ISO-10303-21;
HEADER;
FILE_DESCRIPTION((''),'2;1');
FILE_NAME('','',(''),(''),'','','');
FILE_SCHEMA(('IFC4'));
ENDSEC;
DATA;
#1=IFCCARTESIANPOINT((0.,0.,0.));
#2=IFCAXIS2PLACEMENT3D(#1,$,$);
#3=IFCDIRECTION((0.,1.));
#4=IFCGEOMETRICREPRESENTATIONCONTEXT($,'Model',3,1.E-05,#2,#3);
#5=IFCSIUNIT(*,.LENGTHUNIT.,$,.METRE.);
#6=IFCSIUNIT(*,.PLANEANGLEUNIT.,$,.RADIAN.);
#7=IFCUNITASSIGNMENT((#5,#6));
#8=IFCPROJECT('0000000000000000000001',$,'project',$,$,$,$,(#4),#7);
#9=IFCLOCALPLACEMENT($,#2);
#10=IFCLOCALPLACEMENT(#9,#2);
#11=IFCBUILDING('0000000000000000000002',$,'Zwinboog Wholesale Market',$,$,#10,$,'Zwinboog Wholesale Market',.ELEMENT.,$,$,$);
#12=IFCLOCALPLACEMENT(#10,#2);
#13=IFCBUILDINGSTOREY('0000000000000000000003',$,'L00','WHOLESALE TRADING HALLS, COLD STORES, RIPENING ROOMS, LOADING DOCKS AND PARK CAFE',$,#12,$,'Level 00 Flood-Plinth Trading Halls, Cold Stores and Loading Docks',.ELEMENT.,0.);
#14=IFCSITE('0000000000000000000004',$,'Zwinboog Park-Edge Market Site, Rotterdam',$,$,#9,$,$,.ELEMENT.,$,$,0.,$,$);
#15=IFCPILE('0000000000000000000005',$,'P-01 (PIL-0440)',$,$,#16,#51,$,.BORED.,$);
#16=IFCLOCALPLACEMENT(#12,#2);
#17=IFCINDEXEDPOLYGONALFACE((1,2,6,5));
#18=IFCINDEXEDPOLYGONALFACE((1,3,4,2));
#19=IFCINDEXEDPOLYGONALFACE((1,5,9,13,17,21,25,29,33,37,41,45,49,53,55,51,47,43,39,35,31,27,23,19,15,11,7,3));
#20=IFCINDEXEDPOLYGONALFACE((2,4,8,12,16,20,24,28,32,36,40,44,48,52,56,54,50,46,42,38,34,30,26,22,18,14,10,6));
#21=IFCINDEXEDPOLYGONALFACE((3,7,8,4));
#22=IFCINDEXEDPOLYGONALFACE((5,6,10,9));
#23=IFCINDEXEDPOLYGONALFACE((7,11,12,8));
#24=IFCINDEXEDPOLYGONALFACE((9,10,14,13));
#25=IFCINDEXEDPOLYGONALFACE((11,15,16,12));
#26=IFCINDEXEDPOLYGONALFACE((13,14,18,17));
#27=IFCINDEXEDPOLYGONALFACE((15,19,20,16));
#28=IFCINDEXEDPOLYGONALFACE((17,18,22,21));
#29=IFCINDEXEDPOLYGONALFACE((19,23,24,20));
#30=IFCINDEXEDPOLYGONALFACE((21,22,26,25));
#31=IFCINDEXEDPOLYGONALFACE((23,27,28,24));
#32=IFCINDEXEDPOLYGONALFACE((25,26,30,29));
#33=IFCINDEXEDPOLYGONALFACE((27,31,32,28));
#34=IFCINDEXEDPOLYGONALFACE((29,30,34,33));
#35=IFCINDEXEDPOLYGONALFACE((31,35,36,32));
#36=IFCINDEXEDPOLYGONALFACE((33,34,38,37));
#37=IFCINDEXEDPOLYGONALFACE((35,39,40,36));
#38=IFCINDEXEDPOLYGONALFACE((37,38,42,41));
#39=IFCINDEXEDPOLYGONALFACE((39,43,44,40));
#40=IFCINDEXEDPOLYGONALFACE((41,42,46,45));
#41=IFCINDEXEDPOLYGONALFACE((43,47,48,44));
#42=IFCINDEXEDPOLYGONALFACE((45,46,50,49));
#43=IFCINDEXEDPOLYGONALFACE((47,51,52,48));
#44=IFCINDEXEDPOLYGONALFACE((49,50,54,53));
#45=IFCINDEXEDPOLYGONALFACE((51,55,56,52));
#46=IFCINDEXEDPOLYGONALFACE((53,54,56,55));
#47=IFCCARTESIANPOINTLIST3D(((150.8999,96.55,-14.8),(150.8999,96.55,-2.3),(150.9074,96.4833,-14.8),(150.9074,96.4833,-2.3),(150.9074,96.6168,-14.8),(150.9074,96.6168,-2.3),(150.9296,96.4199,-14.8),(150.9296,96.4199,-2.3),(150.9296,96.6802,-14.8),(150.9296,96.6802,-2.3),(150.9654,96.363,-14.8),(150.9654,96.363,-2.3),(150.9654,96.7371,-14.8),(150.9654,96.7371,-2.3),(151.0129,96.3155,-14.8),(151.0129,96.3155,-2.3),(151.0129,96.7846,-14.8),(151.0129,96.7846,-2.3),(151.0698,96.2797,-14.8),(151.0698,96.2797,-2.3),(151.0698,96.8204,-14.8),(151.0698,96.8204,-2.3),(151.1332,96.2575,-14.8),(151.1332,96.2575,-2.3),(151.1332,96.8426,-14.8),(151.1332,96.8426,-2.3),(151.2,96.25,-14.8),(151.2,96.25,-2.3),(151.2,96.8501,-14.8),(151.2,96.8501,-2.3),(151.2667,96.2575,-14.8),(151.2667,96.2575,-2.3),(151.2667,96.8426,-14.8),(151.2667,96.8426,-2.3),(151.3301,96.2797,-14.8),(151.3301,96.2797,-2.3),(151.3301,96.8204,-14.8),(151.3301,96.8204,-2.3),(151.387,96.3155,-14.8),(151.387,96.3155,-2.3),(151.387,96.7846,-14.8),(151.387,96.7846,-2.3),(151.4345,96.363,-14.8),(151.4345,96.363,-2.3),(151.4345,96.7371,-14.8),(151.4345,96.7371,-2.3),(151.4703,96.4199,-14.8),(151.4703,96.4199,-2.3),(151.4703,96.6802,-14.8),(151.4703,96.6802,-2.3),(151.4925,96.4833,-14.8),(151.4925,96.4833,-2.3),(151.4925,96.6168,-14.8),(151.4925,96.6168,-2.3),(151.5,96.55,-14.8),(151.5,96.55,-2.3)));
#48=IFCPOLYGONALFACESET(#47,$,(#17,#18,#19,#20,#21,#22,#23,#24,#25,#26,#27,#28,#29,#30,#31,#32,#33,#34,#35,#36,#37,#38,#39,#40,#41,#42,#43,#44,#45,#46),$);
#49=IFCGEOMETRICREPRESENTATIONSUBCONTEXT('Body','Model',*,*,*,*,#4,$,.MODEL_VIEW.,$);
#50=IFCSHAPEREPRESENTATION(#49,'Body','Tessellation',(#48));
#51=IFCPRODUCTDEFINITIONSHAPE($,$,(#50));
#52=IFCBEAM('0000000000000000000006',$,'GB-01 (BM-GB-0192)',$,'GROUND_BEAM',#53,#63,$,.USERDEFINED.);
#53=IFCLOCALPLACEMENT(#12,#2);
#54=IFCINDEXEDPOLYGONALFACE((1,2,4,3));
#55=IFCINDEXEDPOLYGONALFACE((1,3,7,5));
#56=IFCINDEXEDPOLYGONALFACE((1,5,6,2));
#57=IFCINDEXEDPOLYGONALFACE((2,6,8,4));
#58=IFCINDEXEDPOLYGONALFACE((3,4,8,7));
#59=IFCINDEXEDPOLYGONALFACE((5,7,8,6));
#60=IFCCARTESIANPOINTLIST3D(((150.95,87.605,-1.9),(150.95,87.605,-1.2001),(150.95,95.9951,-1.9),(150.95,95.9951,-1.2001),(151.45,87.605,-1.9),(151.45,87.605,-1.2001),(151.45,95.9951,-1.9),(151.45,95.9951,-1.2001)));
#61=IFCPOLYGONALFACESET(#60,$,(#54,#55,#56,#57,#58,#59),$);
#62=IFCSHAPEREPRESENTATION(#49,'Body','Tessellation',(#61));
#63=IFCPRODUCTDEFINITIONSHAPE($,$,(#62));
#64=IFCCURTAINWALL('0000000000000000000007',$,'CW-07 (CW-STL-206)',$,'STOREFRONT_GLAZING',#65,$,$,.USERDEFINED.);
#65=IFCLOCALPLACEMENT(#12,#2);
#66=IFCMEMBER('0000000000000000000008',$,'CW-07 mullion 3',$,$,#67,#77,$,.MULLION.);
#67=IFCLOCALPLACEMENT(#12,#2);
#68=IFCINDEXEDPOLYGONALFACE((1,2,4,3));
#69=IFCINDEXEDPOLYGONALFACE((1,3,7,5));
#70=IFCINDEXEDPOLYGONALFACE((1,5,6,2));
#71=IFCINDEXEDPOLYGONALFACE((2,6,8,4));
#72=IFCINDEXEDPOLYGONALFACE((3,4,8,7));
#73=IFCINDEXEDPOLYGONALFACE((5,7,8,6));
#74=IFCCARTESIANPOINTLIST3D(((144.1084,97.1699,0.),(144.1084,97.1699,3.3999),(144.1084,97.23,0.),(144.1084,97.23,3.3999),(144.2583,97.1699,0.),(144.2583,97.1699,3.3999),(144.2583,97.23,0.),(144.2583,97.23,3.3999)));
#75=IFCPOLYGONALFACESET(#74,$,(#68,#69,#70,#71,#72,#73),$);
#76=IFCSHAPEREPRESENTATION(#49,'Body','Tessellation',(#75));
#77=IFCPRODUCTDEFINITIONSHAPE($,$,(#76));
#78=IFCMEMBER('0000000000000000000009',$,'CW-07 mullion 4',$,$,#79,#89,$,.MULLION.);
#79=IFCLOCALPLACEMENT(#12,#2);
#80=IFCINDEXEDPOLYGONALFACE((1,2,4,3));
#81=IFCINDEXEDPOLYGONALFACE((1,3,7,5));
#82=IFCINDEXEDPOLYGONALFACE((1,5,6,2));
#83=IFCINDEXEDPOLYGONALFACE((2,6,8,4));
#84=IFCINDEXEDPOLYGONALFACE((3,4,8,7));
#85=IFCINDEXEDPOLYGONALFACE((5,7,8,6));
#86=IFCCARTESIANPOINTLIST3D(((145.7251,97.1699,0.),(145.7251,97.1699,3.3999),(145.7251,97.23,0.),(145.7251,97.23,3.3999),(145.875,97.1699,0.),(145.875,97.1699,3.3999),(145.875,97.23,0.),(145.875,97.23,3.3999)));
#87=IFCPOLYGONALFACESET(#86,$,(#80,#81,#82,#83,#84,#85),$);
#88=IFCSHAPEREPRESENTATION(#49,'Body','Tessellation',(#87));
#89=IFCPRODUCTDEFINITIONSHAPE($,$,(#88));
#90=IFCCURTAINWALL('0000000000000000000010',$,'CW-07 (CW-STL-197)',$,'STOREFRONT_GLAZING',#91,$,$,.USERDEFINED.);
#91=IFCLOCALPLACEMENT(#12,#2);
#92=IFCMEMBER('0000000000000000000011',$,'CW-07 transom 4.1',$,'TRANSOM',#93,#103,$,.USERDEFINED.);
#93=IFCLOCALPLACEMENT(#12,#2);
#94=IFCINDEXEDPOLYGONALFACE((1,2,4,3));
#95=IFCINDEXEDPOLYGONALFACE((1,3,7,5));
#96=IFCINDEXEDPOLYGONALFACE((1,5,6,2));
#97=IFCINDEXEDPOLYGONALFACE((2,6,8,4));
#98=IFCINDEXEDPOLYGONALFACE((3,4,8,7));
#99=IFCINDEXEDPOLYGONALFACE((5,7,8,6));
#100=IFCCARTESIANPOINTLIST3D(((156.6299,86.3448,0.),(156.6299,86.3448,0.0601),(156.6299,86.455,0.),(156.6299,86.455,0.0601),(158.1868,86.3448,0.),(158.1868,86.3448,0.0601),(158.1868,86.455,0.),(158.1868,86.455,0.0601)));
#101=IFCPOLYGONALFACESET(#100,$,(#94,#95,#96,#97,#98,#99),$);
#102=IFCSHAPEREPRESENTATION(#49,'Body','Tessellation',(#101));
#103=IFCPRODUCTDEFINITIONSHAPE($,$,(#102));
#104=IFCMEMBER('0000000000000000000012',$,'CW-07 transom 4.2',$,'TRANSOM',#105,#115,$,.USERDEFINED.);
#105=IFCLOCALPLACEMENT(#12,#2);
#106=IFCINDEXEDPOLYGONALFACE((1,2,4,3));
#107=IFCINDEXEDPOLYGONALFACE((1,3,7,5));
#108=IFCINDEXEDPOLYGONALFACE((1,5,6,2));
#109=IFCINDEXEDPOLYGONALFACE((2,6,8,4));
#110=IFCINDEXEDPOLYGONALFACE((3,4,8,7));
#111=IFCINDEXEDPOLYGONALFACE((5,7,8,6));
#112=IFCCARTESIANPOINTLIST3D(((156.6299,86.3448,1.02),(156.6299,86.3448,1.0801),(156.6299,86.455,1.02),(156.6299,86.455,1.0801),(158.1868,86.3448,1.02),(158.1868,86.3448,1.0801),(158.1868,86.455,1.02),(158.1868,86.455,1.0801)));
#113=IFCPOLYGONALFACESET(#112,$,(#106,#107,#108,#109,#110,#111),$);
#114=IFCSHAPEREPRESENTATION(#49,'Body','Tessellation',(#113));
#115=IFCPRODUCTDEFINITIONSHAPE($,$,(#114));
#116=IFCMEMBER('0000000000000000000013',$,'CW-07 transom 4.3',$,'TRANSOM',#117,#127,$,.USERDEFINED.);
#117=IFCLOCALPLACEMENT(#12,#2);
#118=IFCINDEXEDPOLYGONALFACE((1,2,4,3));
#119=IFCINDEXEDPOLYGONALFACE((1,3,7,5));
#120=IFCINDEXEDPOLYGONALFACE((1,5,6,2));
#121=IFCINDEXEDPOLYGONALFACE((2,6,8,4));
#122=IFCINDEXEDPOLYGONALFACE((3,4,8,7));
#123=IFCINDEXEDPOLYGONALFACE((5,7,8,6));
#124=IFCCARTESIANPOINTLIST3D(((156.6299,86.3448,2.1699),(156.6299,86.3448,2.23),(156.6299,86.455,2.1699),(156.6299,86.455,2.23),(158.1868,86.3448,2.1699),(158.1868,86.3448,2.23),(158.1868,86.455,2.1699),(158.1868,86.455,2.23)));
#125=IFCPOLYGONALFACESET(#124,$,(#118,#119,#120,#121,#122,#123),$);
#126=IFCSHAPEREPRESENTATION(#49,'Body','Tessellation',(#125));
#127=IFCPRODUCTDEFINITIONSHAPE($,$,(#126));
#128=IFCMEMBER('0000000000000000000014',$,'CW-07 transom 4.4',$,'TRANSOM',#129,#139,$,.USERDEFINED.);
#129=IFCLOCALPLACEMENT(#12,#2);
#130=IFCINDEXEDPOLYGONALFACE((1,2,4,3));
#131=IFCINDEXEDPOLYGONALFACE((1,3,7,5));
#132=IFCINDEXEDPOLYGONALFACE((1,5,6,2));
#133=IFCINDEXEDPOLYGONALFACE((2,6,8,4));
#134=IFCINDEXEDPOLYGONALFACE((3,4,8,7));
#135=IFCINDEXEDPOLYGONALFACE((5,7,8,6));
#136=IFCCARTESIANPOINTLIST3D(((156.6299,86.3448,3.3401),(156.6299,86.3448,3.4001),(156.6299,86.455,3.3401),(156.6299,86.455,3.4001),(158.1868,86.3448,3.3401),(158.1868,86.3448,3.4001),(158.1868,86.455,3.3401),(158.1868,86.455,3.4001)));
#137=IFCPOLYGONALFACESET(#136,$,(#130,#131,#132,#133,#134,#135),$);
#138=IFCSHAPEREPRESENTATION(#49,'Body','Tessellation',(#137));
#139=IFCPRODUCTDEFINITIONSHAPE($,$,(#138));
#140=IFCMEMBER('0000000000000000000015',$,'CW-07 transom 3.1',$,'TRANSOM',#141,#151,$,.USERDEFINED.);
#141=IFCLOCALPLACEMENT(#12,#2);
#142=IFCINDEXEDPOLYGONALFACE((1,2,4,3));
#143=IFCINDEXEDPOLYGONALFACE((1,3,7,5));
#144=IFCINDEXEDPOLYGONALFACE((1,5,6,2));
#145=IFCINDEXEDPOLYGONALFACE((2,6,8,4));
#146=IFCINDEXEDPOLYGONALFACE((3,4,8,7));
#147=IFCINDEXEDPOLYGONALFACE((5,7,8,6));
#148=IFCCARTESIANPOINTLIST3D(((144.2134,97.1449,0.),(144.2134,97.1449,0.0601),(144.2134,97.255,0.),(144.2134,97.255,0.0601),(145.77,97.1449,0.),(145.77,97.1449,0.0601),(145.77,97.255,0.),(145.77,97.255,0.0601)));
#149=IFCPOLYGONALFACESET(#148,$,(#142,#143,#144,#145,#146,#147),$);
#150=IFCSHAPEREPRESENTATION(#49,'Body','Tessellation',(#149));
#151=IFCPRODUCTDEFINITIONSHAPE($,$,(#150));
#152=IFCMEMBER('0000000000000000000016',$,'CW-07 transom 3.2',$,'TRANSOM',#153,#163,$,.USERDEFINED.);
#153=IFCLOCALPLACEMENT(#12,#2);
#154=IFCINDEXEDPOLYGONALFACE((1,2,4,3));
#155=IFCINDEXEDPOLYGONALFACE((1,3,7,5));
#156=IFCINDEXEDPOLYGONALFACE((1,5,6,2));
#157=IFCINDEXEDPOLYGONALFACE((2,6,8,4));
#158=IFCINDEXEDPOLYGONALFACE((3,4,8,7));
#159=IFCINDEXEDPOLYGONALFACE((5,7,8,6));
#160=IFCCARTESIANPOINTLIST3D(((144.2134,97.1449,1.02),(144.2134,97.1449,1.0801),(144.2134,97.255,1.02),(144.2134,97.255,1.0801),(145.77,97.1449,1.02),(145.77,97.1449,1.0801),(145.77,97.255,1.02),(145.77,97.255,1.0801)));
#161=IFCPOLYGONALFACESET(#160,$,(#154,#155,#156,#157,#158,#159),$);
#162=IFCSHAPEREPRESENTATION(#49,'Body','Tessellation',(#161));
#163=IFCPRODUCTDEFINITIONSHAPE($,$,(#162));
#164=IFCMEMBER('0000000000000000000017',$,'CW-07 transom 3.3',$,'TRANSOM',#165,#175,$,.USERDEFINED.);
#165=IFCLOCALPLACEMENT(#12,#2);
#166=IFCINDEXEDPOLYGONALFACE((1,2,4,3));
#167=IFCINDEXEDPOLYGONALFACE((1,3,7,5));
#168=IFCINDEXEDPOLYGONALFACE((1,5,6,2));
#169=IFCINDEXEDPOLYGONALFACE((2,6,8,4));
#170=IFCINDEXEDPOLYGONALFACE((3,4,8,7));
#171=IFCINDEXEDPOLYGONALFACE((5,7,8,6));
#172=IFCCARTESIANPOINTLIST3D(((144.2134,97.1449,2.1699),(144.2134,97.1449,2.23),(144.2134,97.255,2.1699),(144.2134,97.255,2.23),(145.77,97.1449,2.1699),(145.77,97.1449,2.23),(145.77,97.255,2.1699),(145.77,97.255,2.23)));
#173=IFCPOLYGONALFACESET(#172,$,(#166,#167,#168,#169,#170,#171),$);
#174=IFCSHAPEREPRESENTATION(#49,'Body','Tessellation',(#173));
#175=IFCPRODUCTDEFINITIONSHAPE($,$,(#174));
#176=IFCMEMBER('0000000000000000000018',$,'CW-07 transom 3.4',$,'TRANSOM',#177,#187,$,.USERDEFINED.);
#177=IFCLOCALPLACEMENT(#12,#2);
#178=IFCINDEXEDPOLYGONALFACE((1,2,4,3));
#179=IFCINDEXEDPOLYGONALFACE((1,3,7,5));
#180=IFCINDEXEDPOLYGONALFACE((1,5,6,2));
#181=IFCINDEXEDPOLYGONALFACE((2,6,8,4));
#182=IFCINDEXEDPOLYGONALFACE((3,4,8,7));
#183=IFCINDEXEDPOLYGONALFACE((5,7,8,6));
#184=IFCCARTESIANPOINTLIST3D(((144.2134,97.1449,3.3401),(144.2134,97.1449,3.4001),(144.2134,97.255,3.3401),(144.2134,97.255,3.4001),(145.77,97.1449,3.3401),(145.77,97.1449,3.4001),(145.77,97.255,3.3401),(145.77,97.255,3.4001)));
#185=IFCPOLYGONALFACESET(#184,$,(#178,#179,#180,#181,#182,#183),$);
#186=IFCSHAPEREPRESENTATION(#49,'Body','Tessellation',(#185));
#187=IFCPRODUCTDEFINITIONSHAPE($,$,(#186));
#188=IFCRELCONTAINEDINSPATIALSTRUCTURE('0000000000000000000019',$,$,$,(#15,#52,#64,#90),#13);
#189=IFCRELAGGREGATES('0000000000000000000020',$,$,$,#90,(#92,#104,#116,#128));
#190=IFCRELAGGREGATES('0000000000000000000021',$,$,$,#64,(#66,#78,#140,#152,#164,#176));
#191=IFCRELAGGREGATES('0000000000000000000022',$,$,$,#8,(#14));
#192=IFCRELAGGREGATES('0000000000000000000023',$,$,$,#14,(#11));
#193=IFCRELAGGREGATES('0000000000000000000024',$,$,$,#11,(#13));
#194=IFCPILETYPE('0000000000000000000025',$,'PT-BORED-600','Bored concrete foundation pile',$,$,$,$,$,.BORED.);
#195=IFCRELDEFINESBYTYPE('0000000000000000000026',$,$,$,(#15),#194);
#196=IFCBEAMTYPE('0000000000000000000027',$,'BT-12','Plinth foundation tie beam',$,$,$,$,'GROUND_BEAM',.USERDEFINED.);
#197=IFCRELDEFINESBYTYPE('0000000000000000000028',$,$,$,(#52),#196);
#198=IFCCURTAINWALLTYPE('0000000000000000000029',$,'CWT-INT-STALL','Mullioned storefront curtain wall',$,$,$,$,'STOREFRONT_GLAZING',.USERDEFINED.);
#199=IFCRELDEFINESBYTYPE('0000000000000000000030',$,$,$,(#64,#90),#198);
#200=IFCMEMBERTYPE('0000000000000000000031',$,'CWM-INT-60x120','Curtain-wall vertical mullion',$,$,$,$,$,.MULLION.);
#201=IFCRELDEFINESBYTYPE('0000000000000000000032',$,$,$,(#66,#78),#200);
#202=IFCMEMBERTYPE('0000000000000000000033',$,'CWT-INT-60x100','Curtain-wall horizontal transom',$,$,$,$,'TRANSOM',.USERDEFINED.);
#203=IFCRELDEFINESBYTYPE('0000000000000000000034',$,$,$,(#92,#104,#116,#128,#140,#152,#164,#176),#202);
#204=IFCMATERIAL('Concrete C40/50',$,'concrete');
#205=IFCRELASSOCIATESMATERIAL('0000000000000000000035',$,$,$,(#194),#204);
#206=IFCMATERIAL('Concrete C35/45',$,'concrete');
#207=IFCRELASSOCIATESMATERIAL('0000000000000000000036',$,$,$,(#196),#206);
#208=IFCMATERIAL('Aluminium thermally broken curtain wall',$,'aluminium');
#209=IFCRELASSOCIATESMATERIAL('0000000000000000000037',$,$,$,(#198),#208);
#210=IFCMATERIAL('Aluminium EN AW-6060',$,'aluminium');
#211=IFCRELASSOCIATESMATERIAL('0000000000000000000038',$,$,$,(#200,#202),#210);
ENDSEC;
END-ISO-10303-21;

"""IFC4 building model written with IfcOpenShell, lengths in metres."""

from ifc_helpers import new_model, si_unit, direction, frame, origin, origin_2d, place, context, subcontext, project, spatial, rectangle, circle, extrude, material, material_profile, profile_set, type_object, element, aggregate, save


model = new_model("IFC4")

# Units and contexts
model_context = context("Model", 3, precision=1e-05, world=origin(), true_north=direction((0.0, 1.0)))
body_context = subcontext(model_context, "Body", "Model", "MODEL_VIEW")
ifc_project = project(units=[si_unit("LENGTHUNIT", "METRE"), si_unit("PLANEANGLEUNIT", "RADIAN")], contexts=[model_context])

# Site, building, storey
site_placement = place(None, origin())
site = spatial("IfcSite", under=ifc_project, at=site_placement, Name="Zwinboog Park-Edge Market Site, Rotterdam", CompositionType="ELEMENT", RefElevation=0.0)
building_placement = place(site_placement, origin())
building = spatial("IfcBuilding", under=site, at=building_placement, Name="Zwinboog Wholesale Market", LongName="Zwinboog Wholesale Market", CompositionType="ELEMENT")
storey_placement = place(building_placement, origin())
storey = spatial("IfcBuildingStorey", under=building, at=storey_placement, Name="L00", Description="WHOLESALE TRADING HALLS, COLD STORES, RIPENING ROOMS, LOADING DOCKS AND PARK CAFE", LongName="Level 00 Flood-Plinth Trading Halls, Cold Stores and Loading Docks", CompositionType="ELEMENT", Elevation=0.0)

# Pile
ifc_material_1 = material(Name="Concrete C40/50", Category="concrete")
ifc_material_profile_1 = material_profile(ifc_material_1, circle(Radius=0.3, at=origin_2d()), Name="PILE D600")
ifc_profile_set_1 = profile_set([ifc_material_profile_1], Name="Concrete C40/50")
pile_type = type_object("IfcPileType", Name="PT-BORED-600", Description="Bored concrete foundation pile", PredefinedType="BORED", material=ifc_profile_set_1)
pile_placement = place(storey_placement, frame((151.2, 96.55, -2.3), z_axis=(0.0, 0.0, -1.0), x_axis=(1.0, 0.0, 0.0)))
element("IfcPile", 1, at=pile_placement, inside=storey, type_object=pile_type, Name="P-01 (PIL-0440)", PredefinedType="BORED", context=body_context, shape_type="SweptSolid", body=[
    extrude(circle(Radius=0.3, at=origin_2d()), origin(), (0.0, 0.0, 1.0), 12.5),
])

# Beam
ifc_material_2 = material(Name="Concrete C35/45", Category="concrete")
ifc_material_profile_2 = material_profile(ifc_material_2, rectangle(XDim=0.5, YDim=0.7, at=origin_2d()), Name="RC 500x700")
ifc_profile_set_2 = profile_set([ifc_material_profile_2], Name="Concrete C35/45")
beam_type = type_object("IfcBeamType", Name="BT-12", Description="Plinth foundation tie beam", ElementType="GROUND_BEAM", PredefinedType="USERDEFINED", material=ifc_profile_set_2)
beam_placement = place(storey_placement, frame((151.2, 87.605, -1.55), z_axis=(0.0, 1.0, 0.0), x_axis=(-1.0, 0.0, 0.0)))
element("IfcBeam", 2, at=beam_placement, inside=storey, type_object=beam_type, Name="GB-01 (BM-GB-0192)", ObjectType="GROUND_BEAM", PredefinedType="USERDEFINED", context=body_context, shape_type="SweptSolid", body=[
    extrude(rectangle(XDim=0.5, YDim=0.7, at=origin_2d()), origin(), (0.0, 0.0, 1.0), 8.3901),
])

# Curtain walls, members
ifc_material_3 = material(Name="Aluminium thermally broken curtain wall", Category="aluminium")
curtain_wall_type = type_object("IfcCurtainWallType", Name="CWT-INT-STALL", Description="Mullioned storefront curtain wall", ElementType="STOREFRONT_GLAZING", PredefinedType="USERDEFINED", material=ifc_material_3)
curtain_wall_1_placement = place(storey_placement, origin())
curtain_wall_1 = element("IfcCurtainWall", 3, at=curtain_wall_1_placement, inside=storey, type_object=curtain_wall_type, Name="CW-07 (CW-STL-206)", ObjectType="STOREFRONT_GLAZING", PredefinedType="USERDEFINED")
ifc_material_4 = material(Name="Aluminium EN AW-6060", Category="aluminium")
ifc_material_profile_3 = material_profile(ifc_material_4, rectangle(XDim=0.0601, YDim=0.1499, at=origin_2d()), Name="AL 60x150")
ifc_profile_set_3 = profile_set([ifc_material_profile_3], Name="Aluminium EN AW-6060")
member_type_1 = type_object("IfcMemberType", Name="CWM-INT-60x120", Description="Curtain-wall vertical mullion", PredefinedType="MULLION", material=ifc_profile_set_3)
member_1_placement = place(storey_placement, frame((144.1833, 97.2, 0.0), z_axis=(0.0, 0.0, 1.0), x_axis=(0.0, 1.0, 0.0)))
member_1 = element("IfcMember", 4, at=member_1_placement, type_object=member_type_1, Name="CW-07 mullion 3", PredefinedType="MULLION", context=body_context, shape_type="SweptSolid", body=[
    extrude(rectangle(XDim=0.0601, YDim=0.1499, at=origin_2d()), origin(), (0.0, 0.0, 1.0), 3.3999),
])
member_2_placement = place(storey_placement, frame((145.8, 97.2, 0.0), z_axis=(0.0, 0.0, 1.0), x_axis=(0.0, 1.0, 0.0)))
member_2 = element("IfcMember", 5, at=member_2_placement, type_object=member_type_1, Name="CW-07 mullion 4", PredefinedType="MULLION", context=body_context, shape_type="SweptSolid", body=[
    extrude(rectangle(XDim=0.0601, YDim=0.1499, at=origin_2d()), origin(), (0.0, 0.0, 1.0), 3.3999),
])
curtain_wall_2_placement = place(storey_placement, origin())
curtain_wall_2 = element("IfcCurtainWall", 6, at=curtain_wall_2_placement, inside=storey, type_object=curtain_wall_type, Name="CW-07 (CW-STL-197)", ObjectType="STOREFRONT_GLAZING", PredefinedType="USERDEFINED")
ifc_material_profile_4 = material_profile(ifc_material_4, rectangle(XDim=0.1101, YDim=0.0601, at=origin_2d()), Name="AL 60x110")
ifc_profile_set_4 = profile_set([ifc_material_profile_4], Name="Aluminium EN AW-6060")
member_type_2 = type_object("IfcMemberType", Name="CWT-INT-60x100", Description="Curtain-wall horizontal transom", ElementType="TRANSOM", PredefinedType="USERDEFINED", material=ifc_profile_set_4)
member_3_placement = place(storey_placement, frame((156.6299, 86.3999, 0.03), z_axis=(1.0, 0.0, 0.0), x_axis=(0.0, 1.0, 0.0)))
member_3 = element("IfcMember", 7, at=member_3_placement, type_object=member_type_2, Name="CW-07 transom 4.1", ObjectType="TRANSOM", PredefinedType="USERDEFINED", context=body_context, shape_type="SweptSolid", body=[
    extrude(rectangle(XDim=0.1101, YDim=0.0601, at=origin_2d()), origin(), (0.0, 0.0, 1.0), 1.5569),
])
member_4_placement = place(storey_placement, frame((156.6299, 86.3999, 1.05), z_axis=(1.0, 0.0, 0.0), x_axis=(0.0, 1.0, 0.0)))
member_4 = element("IfcMember", 8, at=member_4_placement, type_object=member_type_2, Name="CW-07 transom 4.2", ObjectType="TRANSOM", PredefinedType="USERDEFINED", context=body_context, shape_type="SweptSolid", body=[
    extrude(rectangle(XDim=0.1101, YDim=0.0601, at=origin_2d()), origin(), (0.0, 0.0, 1.0), 1.5569),
])
member_5_placement = place(storey_placement, frame((156.6299, 86.3999, 2.2), z_axis=(1.0, 0.0, 0.0), x_axis=(0.0, 1.0, 0.0)))
member_5 = element("IfcMember", 9, at=member_5_placement, type_object=member_type_2, Name="CW-07 transom 4.3", ObjectType="TRANSOM", PredefinedType="USERDEFINED", context=body_context, shape_type="SweptSolid", body=[
    extrude(rectangle(XDim=0.1101, YDim=0.0601, at=origin_2d()), origin(), (0.0, 0.0, 1.0), 1.5569),
])
member_6_placement = place(storey_placement, frame((156.6299, 86.3999, 3.3701), z_axis=(1.0, 0.0, 0.0), x_axis=(0.0, 1.0, 0.0)))
member_6 = element("IfcMember", 10, at=member_6_placement, type_object=member_type_2, Name="CW-07 transom 4.4", ObjectType="TRANSOM", PredefinedType="USERDEFINED", context=body_context, shape_type="SweptSolid", body=[
    extrude(rectangle(XDim=0.1101, YDim=0.0601, at=origin_2d()), origin(), (0.0, 0.0, 1.0), 1.5569),
])

# Members
member_7_placement = place(storey_placement, frame((144.2134, 97.2, 0.03), z_axis=(1.0, 0.0, 0.0), x_axis=(0.0, 1.0, 0.0)))
member_7 = element("IfcMember", 11, at=member_7_placement, type_object=member_type_2, Name="CW-07 transom 3.1", ObjectType="TRANSOM", PredefinedType="USERDEFINED", context=body_context, shape_type="SweptSolid", body=[
    extrude(rectangle(XDim=0.1101, YDim=0.0601, at=origin_2d()), origin(), (0.0, 0.0, 1.0), 1.5566),
])
member_8_placement = place(storey_placement, frame((144.2134, 97.2, 1.05), z_axis=(1.0, 0.0, 0.0), x_axis=(0.0, 1.0, 0.0)))
member_8 = element("IfcMember", 12, at=member_8_placement, type_object=member_type_2, Name="CW-07 transom 3.2", ObjectType="TRANSOM", PredefinedType="USERDEFINED", context=body_context, shape_type="SweptSolid", body=[
    extrude(rectangle(XDim=0.1101, YDim=0.0601, at=origin_2d()), origin(), (0.0, 0.0, 1.0), 1.5566),
])
member_9_placement = place(storey_placement, frame((144.2134, 97.2, 2.2), z_axis=(1.0, 0.0, 0.0), x_axis=(0.0, 1.0, 0.0)))
member_9 = element("IfcMember", 13, at=member_9_placement, type_object=member_type_2, Name="CW-07 transom 3.3", ObjectType="TRANSOM", PredefinedType="USERDEFINED", context=body_context, shape_type="SweptSolid", body=[
    extrude(rectangle(XDim=0.1101, YDim=0.0601, at=origin_2d()), origin(), (0.0, 0.0, 1.0), 1.5566),
])
member_10_placement = place(storey_placement, frame((144.2134, 97.2, 3.3701), z_axis=(1.0, 0.0, 0.0), x_axis=(0.0, 1.0, 0.0)))
member_10 = element("IfcMember", 14, at=member_10_placement, type_object=member_type_2, Name="CW-07 transom 3.4", ObjectType="TRANSOM", PredefinedType="USERDEFINED", context=body_context, shape_type="SweptSolid", body=[
    extrude(rectangle(XDim=0.1101, YDim=0.0601, at=origin_2d()), origin(), (0.0, 0.0, 1.0), 1.5566),
])

aggregate(curtain_wall_2, [member_3, member_4, member_5, member_6])
aggregate(curtain_wall_1, [member_1, member_2, member_7, member_8, member_9, member_10])

save(model, "model.ifc")
